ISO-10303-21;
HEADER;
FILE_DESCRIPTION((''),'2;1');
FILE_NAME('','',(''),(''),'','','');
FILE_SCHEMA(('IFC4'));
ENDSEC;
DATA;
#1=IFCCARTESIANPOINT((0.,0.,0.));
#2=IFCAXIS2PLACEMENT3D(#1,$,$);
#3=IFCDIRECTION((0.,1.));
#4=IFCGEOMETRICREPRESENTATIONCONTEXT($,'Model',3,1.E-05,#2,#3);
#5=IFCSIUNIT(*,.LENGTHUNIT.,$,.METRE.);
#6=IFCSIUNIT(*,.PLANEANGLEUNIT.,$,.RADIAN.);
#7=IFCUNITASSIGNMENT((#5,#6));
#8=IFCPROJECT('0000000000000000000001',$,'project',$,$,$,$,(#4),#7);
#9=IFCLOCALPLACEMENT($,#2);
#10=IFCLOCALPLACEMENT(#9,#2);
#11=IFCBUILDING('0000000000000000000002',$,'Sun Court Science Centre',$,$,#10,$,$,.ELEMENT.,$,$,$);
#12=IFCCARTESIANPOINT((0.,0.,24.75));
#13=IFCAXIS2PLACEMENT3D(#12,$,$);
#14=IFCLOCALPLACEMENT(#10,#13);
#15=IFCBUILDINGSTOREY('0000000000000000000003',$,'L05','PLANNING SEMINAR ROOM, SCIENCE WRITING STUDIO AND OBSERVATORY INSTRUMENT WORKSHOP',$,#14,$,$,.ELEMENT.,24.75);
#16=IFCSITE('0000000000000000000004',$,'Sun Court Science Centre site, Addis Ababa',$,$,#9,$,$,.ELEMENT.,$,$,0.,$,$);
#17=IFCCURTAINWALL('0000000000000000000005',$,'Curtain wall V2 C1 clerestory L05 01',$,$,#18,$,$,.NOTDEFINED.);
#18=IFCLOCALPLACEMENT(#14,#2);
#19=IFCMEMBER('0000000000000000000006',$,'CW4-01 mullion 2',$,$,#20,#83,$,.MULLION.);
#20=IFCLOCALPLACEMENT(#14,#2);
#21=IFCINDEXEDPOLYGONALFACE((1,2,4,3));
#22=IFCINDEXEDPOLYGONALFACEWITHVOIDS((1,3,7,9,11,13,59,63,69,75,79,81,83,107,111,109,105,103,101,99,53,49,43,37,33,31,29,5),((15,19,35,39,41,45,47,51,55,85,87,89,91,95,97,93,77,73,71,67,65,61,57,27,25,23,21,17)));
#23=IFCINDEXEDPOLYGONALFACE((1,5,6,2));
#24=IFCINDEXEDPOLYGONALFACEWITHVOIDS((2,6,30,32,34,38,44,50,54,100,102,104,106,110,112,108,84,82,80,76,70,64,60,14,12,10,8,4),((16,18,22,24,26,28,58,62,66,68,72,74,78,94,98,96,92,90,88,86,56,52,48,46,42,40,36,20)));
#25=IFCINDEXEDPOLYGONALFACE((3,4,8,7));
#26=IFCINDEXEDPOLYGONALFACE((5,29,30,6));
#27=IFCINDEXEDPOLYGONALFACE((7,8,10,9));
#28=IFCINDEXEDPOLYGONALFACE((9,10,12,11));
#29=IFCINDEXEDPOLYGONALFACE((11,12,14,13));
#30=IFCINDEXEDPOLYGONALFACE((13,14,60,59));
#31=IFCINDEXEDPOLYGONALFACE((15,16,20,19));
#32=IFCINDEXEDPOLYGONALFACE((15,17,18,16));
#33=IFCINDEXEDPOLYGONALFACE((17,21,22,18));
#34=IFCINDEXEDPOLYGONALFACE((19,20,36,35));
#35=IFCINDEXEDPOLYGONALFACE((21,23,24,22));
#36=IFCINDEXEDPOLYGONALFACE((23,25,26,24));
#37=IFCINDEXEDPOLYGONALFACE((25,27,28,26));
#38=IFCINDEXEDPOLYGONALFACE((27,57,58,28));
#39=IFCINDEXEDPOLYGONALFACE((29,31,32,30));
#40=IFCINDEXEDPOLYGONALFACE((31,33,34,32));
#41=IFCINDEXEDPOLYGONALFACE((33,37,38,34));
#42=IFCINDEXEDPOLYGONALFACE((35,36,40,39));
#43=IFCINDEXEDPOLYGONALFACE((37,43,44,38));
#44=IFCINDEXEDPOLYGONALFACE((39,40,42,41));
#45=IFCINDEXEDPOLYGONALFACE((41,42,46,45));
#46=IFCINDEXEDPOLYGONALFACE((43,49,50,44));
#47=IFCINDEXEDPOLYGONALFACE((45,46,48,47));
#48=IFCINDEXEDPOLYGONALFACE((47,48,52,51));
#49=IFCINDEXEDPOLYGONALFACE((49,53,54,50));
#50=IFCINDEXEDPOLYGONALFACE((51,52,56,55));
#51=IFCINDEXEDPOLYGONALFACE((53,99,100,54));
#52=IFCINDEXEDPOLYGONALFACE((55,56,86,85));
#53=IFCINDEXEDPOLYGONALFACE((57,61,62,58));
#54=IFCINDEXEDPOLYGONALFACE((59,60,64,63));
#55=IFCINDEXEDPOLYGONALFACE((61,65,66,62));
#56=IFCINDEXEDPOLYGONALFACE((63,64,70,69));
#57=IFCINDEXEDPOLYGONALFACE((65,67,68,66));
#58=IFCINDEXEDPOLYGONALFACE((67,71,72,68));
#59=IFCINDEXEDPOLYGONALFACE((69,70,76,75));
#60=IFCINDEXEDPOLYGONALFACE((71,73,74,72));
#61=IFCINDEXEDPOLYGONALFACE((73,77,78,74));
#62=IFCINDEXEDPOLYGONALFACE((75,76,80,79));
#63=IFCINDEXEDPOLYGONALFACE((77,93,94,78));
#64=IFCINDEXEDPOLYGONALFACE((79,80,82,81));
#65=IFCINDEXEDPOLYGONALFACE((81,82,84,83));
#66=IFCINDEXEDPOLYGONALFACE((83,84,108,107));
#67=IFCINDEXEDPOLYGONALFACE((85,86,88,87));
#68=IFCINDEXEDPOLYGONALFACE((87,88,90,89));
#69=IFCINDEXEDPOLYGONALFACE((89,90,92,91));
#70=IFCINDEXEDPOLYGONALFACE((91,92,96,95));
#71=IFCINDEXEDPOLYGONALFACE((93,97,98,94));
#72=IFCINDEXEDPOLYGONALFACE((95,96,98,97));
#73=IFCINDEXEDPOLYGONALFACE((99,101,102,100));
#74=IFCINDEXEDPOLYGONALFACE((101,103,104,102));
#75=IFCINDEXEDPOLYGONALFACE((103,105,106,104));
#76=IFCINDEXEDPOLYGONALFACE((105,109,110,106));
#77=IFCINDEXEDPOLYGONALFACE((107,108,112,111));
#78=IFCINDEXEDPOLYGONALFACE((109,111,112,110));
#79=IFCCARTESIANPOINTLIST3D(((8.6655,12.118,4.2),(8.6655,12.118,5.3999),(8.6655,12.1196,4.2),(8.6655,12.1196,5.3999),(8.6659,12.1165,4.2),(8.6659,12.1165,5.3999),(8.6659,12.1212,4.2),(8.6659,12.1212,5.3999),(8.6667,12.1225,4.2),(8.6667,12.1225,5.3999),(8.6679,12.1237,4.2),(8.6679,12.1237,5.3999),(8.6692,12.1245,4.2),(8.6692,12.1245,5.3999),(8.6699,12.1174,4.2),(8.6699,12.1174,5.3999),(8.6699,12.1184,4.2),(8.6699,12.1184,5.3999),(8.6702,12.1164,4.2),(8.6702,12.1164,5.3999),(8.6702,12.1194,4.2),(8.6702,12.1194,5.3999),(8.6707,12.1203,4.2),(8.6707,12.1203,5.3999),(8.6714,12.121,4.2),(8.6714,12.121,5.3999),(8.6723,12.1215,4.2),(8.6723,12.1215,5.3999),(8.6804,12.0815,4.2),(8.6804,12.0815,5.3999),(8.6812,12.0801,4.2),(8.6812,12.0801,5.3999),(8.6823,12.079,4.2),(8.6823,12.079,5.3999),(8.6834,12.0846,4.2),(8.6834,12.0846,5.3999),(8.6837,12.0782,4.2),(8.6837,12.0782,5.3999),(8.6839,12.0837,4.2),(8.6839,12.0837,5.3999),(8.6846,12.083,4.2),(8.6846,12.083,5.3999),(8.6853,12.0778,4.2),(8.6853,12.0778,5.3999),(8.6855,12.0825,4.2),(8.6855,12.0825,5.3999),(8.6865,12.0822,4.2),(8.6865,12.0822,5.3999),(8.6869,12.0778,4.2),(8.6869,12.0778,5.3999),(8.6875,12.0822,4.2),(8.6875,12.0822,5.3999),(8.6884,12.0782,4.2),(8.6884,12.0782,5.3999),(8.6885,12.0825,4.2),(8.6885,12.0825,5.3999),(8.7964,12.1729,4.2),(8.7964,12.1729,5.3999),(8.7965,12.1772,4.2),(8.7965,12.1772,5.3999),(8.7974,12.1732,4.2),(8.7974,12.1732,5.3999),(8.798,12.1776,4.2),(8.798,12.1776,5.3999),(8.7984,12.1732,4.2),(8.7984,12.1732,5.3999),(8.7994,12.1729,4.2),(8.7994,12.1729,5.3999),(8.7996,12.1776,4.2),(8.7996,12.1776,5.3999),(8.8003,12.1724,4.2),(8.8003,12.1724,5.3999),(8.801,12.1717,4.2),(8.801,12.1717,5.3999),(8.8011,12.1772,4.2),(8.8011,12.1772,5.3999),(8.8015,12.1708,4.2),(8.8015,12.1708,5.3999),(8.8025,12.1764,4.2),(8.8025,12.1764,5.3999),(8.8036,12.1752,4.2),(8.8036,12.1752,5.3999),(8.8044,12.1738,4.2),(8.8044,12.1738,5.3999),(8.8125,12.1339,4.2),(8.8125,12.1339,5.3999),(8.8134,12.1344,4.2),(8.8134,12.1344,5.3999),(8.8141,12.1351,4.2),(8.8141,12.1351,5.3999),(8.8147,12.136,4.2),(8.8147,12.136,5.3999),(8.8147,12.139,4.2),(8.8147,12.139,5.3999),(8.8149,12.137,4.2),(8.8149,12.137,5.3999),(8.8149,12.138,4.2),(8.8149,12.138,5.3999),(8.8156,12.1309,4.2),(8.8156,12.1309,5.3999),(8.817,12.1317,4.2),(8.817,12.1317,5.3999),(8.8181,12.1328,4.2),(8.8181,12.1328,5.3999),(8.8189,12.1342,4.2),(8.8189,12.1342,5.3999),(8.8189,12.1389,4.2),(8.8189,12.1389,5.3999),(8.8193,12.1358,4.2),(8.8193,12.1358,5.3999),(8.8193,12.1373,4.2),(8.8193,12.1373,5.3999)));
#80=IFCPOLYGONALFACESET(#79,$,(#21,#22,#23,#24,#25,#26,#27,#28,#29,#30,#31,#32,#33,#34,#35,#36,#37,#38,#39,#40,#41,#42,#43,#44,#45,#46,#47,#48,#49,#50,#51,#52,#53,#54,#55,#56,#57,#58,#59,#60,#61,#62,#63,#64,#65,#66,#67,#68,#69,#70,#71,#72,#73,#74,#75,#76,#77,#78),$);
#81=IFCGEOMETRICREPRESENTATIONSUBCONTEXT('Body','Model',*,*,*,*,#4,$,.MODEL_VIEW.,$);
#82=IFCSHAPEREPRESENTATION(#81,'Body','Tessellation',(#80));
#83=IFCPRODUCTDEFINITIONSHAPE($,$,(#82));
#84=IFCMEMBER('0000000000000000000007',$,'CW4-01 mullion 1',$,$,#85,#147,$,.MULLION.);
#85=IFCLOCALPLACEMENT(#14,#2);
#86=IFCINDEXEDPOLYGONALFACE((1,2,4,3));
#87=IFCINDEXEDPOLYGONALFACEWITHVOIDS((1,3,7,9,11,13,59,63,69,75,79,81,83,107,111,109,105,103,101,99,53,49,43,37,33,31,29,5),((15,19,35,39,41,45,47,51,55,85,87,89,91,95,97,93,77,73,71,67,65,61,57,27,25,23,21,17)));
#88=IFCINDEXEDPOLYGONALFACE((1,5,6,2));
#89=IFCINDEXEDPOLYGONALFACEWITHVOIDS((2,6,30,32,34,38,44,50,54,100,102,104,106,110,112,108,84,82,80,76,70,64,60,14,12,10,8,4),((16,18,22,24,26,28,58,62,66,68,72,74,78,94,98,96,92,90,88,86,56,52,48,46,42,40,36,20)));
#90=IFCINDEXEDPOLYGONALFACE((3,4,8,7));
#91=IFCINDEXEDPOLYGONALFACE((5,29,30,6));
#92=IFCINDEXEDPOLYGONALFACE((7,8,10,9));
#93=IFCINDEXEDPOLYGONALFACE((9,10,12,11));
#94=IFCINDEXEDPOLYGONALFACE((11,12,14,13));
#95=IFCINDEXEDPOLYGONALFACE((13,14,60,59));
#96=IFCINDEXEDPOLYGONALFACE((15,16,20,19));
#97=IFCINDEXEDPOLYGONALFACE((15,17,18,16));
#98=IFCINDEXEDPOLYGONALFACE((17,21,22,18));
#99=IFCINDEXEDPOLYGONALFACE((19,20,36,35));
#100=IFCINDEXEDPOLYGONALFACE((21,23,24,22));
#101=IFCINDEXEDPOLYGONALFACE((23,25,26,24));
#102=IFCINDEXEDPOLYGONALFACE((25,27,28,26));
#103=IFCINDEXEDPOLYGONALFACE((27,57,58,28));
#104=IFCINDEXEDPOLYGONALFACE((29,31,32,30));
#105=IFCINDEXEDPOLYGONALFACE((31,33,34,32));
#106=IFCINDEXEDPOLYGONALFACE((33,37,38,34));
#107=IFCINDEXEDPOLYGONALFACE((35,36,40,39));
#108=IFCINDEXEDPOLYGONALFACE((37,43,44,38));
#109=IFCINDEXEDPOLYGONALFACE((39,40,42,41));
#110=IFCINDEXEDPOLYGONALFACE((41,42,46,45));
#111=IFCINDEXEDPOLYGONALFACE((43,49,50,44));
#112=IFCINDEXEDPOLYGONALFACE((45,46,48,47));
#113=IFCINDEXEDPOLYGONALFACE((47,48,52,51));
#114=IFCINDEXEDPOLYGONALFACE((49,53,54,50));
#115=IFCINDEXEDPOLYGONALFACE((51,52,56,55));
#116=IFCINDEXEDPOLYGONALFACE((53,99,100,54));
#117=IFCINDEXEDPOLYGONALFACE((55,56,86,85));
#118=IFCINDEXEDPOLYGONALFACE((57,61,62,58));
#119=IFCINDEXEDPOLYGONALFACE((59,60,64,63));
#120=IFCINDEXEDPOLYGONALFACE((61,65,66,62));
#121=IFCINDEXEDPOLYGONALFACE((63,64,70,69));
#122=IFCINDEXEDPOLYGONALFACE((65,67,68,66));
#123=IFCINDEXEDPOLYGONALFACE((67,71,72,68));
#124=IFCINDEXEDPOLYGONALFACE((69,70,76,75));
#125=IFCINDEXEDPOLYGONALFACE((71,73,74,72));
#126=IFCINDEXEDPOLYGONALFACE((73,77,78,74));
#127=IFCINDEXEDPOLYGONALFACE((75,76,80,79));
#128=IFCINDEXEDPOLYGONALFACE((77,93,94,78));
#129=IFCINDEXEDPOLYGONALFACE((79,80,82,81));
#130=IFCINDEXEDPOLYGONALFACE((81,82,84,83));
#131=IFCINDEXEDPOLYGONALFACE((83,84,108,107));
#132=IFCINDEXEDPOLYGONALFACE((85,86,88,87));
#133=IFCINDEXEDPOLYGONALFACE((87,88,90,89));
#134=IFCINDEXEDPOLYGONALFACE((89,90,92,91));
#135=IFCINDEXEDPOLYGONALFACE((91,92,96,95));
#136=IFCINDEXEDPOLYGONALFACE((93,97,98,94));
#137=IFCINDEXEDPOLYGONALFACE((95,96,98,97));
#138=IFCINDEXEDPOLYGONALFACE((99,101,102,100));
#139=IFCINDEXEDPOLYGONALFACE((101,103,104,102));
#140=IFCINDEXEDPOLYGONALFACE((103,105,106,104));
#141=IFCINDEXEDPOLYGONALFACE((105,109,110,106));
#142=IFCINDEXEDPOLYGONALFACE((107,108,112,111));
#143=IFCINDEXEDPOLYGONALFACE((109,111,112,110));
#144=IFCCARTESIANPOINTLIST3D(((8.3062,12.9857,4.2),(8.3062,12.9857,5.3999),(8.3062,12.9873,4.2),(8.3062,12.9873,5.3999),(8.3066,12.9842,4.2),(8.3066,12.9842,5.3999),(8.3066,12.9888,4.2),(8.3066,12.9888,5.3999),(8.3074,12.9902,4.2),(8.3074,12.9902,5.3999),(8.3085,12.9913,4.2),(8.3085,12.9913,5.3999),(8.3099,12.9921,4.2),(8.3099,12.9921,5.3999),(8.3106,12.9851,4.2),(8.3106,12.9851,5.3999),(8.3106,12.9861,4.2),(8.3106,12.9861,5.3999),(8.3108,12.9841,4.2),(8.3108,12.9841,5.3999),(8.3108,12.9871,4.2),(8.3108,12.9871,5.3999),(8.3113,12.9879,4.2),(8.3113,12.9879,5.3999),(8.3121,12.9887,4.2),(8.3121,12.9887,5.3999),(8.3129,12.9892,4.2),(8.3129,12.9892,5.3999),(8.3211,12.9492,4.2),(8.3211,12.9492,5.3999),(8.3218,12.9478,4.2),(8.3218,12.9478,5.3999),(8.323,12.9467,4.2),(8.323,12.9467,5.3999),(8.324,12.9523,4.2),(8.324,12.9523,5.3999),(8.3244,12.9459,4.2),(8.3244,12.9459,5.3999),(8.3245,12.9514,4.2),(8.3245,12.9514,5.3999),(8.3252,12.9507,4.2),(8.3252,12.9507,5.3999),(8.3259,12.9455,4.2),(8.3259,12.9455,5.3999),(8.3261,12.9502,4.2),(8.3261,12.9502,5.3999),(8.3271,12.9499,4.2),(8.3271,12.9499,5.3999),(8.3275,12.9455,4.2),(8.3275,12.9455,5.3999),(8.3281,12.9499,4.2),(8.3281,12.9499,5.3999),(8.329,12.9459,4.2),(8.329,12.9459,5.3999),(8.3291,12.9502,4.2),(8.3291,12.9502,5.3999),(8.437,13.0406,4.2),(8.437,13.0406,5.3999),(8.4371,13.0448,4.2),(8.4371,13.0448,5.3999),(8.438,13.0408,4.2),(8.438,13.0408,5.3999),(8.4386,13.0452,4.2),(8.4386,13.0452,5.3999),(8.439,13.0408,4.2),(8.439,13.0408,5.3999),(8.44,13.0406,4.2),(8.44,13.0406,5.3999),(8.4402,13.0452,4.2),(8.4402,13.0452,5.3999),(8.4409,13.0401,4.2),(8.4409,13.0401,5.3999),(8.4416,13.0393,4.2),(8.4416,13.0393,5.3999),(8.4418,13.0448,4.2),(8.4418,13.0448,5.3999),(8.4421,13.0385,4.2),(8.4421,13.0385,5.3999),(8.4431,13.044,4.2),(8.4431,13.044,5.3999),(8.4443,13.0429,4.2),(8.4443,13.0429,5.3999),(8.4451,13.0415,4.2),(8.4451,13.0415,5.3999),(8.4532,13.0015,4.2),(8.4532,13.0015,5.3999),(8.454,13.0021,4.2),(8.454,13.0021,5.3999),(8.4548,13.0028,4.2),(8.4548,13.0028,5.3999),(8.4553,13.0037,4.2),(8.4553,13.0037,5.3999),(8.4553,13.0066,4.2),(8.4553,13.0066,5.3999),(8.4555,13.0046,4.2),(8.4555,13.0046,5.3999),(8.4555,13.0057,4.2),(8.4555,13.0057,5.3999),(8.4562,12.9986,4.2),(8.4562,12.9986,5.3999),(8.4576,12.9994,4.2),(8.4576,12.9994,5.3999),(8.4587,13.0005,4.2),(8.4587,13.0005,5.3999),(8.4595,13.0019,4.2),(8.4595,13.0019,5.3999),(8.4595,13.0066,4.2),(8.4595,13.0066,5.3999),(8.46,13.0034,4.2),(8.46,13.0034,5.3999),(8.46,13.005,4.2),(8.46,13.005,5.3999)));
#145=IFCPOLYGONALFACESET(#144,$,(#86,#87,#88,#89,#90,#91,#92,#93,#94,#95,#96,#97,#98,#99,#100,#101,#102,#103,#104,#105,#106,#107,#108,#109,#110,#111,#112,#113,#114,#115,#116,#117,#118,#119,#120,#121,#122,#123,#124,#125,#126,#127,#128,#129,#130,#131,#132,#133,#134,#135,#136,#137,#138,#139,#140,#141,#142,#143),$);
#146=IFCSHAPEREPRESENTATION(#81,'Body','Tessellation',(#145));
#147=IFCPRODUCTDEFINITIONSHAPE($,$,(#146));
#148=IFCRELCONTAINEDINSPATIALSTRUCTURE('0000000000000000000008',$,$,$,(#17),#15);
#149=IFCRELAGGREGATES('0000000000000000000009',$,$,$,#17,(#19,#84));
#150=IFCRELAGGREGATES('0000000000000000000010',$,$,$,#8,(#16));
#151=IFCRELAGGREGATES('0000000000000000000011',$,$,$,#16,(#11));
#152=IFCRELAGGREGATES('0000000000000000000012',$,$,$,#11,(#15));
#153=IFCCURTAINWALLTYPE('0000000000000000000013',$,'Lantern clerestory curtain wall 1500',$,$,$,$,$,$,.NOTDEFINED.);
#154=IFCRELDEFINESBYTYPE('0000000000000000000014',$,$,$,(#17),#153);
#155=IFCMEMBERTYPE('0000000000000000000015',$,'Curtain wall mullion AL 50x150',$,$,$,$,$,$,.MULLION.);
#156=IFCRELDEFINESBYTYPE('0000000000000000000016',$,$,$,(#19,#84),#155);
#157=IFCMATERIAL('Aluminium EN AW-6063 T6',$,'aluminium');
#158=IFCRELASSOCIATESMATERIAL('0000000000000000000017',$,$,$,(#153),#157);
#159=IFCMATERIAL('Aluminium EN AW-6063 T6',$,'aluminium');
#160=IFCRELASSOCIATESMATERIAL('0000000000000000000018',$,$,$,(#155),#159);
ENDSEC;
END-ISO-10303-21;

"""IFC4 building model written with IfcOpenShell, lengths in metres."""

from ifc_helpers import new_model, si_unit, direction, frame, origin, origin_2d, place, context, subcontext, project, spatial, hollow_rectangle, extrude, material, material_profile, profile_set, type_object, element, aggregate, save


model = new_model("IFC4")

# Units and contexts
model_context = context("Model", 3, precision=1e-05, world=origin(), true_north=direction((0.0, 1.0)))
body_context = subcontext(model_context, "Body", "Model", "MODEL_VIEW")
ifc_project = project(units=[si_unit("LENGTHUNIT", "METRE"), si_unit("PLANEANGLEUNIT", "RADIAN")], contexts=[model_context])

# Site, building, storey
site_placement = place(None, origin())
site = spatial("IfcSite", under=ifc_project, at=site_placement, Name="Sun Court Science Centre site, Addis Ababa", CompositionType="ELEMENT", RefElevation=0.0)
building_placement = place(site_placement, origin())
building = spatial("IfcBuilding", under=site, at=building_placement, Name="Sun Court Science Centre", CompositionType="ELEMENT")
storey_placement = place(building_placement, frame((0.0, 0.0, 24.75)))
storey = spatial("IfcBuildingStorey", under=building, at=storey_placement, Name="L05", Description="PLANNING SEMINAR ROOM, SCIENCE WRITING STUDIO AND OBSERVATORY INSTRUMENT WORKSHOP", CompositionType="ELEMENT", Elevation=24.75)

# Curtain wall, members
ifc_material_1 = material(Name="Aluminium EN AW-6063 T6", Category="aluminium")
curtain_wall_type = type_object("IfcCurtainWallType", Name="Lantern clerestory curtain wall 1500", PredefinedType="NOTDEFINED", material=ifc_material_1)
curtain_wall_1_placement = place(storey_placement, origin())
curtain_wall_1 = element("IfcCurtainWall", 1, at=curtain_wall_1_placement, inside=storey, type_object=curtain_wall_type, Name="Curtain wall V2 C1 clerestory L05 01", PredefinedType="NOTDEFINED")
ifc_material_2 = material(Name="Aluminium EN AW-6063 T6", Category="aluminium")
ifc_material_profile_1 = material_profile(ifc_material_2, hollow_rectangle(XDim=0.05, YDim=0.1499, WallThickness=0.0039, InnerFilletRadius=0.0039, OuterFilletRadius=0.0061, at=origin_2d()), Name="AL 50x150x4")
ifc_profile_set_1 = profile_set([ifc_material_profile_1], Name="Aluminium EN AW-6063 T6")
member_type_1 = type_object("IfcMemberType", Name="Curtain wall mullion AL 50x150", PredefinedType="MULLION", material=ifc_profile_set_1)
member_1_placement = place(storey_placement, frame((8.7424, 12.1277, 4.2), z_axis=(0.0, 0.0, 1.0), x_axis=(0.382683, -0.92388, 0.0)))
member_1 = element("IfcMember", 2, at=member_1_placement, type_object=member_type_1, Name="CW4-01 mullion 2", PredefinedType="MULLION", context=body_context, shape_type="SweptSolid", body=[
    extrude(hollow_rectangle(XDim=0.05, YDim=0.1499, WallThickness=0.0039, InnerFilletRadius=0.0039, OuterFilletRadius=0.0061, at=origin_2d()), origin(), (0.0, 0.0, 1.0), 1.2),
])
member_2_placement = place(storey_placement, frame((8.3831, 12.9954, 4.2), z_axis=(0.0, 0.0, 1.0), x_axis=(0.382683, -0.92388, 0.0)))
member_2 = element("IfcMember", 3, at=member_2_placement, type_object=member_type_1, Name="CW4-01 mullion 1", PredefinedType="MULLION", context=body_context, shape_type="SweptSolid", body=[
    extrude(hollow_rectangle(XDim=0.05, YDim=0.1499, WallThickness=0.0039, InnerFilletRadius=0.0039, OuterFilletRadius=0.0061, at=origin_2d()), origin(), (0.0, 0.0, 1.0), 1.2),
])
aggregate(curtain_wall_1, [member_1, member_2])

save(model, "model.ifc")
